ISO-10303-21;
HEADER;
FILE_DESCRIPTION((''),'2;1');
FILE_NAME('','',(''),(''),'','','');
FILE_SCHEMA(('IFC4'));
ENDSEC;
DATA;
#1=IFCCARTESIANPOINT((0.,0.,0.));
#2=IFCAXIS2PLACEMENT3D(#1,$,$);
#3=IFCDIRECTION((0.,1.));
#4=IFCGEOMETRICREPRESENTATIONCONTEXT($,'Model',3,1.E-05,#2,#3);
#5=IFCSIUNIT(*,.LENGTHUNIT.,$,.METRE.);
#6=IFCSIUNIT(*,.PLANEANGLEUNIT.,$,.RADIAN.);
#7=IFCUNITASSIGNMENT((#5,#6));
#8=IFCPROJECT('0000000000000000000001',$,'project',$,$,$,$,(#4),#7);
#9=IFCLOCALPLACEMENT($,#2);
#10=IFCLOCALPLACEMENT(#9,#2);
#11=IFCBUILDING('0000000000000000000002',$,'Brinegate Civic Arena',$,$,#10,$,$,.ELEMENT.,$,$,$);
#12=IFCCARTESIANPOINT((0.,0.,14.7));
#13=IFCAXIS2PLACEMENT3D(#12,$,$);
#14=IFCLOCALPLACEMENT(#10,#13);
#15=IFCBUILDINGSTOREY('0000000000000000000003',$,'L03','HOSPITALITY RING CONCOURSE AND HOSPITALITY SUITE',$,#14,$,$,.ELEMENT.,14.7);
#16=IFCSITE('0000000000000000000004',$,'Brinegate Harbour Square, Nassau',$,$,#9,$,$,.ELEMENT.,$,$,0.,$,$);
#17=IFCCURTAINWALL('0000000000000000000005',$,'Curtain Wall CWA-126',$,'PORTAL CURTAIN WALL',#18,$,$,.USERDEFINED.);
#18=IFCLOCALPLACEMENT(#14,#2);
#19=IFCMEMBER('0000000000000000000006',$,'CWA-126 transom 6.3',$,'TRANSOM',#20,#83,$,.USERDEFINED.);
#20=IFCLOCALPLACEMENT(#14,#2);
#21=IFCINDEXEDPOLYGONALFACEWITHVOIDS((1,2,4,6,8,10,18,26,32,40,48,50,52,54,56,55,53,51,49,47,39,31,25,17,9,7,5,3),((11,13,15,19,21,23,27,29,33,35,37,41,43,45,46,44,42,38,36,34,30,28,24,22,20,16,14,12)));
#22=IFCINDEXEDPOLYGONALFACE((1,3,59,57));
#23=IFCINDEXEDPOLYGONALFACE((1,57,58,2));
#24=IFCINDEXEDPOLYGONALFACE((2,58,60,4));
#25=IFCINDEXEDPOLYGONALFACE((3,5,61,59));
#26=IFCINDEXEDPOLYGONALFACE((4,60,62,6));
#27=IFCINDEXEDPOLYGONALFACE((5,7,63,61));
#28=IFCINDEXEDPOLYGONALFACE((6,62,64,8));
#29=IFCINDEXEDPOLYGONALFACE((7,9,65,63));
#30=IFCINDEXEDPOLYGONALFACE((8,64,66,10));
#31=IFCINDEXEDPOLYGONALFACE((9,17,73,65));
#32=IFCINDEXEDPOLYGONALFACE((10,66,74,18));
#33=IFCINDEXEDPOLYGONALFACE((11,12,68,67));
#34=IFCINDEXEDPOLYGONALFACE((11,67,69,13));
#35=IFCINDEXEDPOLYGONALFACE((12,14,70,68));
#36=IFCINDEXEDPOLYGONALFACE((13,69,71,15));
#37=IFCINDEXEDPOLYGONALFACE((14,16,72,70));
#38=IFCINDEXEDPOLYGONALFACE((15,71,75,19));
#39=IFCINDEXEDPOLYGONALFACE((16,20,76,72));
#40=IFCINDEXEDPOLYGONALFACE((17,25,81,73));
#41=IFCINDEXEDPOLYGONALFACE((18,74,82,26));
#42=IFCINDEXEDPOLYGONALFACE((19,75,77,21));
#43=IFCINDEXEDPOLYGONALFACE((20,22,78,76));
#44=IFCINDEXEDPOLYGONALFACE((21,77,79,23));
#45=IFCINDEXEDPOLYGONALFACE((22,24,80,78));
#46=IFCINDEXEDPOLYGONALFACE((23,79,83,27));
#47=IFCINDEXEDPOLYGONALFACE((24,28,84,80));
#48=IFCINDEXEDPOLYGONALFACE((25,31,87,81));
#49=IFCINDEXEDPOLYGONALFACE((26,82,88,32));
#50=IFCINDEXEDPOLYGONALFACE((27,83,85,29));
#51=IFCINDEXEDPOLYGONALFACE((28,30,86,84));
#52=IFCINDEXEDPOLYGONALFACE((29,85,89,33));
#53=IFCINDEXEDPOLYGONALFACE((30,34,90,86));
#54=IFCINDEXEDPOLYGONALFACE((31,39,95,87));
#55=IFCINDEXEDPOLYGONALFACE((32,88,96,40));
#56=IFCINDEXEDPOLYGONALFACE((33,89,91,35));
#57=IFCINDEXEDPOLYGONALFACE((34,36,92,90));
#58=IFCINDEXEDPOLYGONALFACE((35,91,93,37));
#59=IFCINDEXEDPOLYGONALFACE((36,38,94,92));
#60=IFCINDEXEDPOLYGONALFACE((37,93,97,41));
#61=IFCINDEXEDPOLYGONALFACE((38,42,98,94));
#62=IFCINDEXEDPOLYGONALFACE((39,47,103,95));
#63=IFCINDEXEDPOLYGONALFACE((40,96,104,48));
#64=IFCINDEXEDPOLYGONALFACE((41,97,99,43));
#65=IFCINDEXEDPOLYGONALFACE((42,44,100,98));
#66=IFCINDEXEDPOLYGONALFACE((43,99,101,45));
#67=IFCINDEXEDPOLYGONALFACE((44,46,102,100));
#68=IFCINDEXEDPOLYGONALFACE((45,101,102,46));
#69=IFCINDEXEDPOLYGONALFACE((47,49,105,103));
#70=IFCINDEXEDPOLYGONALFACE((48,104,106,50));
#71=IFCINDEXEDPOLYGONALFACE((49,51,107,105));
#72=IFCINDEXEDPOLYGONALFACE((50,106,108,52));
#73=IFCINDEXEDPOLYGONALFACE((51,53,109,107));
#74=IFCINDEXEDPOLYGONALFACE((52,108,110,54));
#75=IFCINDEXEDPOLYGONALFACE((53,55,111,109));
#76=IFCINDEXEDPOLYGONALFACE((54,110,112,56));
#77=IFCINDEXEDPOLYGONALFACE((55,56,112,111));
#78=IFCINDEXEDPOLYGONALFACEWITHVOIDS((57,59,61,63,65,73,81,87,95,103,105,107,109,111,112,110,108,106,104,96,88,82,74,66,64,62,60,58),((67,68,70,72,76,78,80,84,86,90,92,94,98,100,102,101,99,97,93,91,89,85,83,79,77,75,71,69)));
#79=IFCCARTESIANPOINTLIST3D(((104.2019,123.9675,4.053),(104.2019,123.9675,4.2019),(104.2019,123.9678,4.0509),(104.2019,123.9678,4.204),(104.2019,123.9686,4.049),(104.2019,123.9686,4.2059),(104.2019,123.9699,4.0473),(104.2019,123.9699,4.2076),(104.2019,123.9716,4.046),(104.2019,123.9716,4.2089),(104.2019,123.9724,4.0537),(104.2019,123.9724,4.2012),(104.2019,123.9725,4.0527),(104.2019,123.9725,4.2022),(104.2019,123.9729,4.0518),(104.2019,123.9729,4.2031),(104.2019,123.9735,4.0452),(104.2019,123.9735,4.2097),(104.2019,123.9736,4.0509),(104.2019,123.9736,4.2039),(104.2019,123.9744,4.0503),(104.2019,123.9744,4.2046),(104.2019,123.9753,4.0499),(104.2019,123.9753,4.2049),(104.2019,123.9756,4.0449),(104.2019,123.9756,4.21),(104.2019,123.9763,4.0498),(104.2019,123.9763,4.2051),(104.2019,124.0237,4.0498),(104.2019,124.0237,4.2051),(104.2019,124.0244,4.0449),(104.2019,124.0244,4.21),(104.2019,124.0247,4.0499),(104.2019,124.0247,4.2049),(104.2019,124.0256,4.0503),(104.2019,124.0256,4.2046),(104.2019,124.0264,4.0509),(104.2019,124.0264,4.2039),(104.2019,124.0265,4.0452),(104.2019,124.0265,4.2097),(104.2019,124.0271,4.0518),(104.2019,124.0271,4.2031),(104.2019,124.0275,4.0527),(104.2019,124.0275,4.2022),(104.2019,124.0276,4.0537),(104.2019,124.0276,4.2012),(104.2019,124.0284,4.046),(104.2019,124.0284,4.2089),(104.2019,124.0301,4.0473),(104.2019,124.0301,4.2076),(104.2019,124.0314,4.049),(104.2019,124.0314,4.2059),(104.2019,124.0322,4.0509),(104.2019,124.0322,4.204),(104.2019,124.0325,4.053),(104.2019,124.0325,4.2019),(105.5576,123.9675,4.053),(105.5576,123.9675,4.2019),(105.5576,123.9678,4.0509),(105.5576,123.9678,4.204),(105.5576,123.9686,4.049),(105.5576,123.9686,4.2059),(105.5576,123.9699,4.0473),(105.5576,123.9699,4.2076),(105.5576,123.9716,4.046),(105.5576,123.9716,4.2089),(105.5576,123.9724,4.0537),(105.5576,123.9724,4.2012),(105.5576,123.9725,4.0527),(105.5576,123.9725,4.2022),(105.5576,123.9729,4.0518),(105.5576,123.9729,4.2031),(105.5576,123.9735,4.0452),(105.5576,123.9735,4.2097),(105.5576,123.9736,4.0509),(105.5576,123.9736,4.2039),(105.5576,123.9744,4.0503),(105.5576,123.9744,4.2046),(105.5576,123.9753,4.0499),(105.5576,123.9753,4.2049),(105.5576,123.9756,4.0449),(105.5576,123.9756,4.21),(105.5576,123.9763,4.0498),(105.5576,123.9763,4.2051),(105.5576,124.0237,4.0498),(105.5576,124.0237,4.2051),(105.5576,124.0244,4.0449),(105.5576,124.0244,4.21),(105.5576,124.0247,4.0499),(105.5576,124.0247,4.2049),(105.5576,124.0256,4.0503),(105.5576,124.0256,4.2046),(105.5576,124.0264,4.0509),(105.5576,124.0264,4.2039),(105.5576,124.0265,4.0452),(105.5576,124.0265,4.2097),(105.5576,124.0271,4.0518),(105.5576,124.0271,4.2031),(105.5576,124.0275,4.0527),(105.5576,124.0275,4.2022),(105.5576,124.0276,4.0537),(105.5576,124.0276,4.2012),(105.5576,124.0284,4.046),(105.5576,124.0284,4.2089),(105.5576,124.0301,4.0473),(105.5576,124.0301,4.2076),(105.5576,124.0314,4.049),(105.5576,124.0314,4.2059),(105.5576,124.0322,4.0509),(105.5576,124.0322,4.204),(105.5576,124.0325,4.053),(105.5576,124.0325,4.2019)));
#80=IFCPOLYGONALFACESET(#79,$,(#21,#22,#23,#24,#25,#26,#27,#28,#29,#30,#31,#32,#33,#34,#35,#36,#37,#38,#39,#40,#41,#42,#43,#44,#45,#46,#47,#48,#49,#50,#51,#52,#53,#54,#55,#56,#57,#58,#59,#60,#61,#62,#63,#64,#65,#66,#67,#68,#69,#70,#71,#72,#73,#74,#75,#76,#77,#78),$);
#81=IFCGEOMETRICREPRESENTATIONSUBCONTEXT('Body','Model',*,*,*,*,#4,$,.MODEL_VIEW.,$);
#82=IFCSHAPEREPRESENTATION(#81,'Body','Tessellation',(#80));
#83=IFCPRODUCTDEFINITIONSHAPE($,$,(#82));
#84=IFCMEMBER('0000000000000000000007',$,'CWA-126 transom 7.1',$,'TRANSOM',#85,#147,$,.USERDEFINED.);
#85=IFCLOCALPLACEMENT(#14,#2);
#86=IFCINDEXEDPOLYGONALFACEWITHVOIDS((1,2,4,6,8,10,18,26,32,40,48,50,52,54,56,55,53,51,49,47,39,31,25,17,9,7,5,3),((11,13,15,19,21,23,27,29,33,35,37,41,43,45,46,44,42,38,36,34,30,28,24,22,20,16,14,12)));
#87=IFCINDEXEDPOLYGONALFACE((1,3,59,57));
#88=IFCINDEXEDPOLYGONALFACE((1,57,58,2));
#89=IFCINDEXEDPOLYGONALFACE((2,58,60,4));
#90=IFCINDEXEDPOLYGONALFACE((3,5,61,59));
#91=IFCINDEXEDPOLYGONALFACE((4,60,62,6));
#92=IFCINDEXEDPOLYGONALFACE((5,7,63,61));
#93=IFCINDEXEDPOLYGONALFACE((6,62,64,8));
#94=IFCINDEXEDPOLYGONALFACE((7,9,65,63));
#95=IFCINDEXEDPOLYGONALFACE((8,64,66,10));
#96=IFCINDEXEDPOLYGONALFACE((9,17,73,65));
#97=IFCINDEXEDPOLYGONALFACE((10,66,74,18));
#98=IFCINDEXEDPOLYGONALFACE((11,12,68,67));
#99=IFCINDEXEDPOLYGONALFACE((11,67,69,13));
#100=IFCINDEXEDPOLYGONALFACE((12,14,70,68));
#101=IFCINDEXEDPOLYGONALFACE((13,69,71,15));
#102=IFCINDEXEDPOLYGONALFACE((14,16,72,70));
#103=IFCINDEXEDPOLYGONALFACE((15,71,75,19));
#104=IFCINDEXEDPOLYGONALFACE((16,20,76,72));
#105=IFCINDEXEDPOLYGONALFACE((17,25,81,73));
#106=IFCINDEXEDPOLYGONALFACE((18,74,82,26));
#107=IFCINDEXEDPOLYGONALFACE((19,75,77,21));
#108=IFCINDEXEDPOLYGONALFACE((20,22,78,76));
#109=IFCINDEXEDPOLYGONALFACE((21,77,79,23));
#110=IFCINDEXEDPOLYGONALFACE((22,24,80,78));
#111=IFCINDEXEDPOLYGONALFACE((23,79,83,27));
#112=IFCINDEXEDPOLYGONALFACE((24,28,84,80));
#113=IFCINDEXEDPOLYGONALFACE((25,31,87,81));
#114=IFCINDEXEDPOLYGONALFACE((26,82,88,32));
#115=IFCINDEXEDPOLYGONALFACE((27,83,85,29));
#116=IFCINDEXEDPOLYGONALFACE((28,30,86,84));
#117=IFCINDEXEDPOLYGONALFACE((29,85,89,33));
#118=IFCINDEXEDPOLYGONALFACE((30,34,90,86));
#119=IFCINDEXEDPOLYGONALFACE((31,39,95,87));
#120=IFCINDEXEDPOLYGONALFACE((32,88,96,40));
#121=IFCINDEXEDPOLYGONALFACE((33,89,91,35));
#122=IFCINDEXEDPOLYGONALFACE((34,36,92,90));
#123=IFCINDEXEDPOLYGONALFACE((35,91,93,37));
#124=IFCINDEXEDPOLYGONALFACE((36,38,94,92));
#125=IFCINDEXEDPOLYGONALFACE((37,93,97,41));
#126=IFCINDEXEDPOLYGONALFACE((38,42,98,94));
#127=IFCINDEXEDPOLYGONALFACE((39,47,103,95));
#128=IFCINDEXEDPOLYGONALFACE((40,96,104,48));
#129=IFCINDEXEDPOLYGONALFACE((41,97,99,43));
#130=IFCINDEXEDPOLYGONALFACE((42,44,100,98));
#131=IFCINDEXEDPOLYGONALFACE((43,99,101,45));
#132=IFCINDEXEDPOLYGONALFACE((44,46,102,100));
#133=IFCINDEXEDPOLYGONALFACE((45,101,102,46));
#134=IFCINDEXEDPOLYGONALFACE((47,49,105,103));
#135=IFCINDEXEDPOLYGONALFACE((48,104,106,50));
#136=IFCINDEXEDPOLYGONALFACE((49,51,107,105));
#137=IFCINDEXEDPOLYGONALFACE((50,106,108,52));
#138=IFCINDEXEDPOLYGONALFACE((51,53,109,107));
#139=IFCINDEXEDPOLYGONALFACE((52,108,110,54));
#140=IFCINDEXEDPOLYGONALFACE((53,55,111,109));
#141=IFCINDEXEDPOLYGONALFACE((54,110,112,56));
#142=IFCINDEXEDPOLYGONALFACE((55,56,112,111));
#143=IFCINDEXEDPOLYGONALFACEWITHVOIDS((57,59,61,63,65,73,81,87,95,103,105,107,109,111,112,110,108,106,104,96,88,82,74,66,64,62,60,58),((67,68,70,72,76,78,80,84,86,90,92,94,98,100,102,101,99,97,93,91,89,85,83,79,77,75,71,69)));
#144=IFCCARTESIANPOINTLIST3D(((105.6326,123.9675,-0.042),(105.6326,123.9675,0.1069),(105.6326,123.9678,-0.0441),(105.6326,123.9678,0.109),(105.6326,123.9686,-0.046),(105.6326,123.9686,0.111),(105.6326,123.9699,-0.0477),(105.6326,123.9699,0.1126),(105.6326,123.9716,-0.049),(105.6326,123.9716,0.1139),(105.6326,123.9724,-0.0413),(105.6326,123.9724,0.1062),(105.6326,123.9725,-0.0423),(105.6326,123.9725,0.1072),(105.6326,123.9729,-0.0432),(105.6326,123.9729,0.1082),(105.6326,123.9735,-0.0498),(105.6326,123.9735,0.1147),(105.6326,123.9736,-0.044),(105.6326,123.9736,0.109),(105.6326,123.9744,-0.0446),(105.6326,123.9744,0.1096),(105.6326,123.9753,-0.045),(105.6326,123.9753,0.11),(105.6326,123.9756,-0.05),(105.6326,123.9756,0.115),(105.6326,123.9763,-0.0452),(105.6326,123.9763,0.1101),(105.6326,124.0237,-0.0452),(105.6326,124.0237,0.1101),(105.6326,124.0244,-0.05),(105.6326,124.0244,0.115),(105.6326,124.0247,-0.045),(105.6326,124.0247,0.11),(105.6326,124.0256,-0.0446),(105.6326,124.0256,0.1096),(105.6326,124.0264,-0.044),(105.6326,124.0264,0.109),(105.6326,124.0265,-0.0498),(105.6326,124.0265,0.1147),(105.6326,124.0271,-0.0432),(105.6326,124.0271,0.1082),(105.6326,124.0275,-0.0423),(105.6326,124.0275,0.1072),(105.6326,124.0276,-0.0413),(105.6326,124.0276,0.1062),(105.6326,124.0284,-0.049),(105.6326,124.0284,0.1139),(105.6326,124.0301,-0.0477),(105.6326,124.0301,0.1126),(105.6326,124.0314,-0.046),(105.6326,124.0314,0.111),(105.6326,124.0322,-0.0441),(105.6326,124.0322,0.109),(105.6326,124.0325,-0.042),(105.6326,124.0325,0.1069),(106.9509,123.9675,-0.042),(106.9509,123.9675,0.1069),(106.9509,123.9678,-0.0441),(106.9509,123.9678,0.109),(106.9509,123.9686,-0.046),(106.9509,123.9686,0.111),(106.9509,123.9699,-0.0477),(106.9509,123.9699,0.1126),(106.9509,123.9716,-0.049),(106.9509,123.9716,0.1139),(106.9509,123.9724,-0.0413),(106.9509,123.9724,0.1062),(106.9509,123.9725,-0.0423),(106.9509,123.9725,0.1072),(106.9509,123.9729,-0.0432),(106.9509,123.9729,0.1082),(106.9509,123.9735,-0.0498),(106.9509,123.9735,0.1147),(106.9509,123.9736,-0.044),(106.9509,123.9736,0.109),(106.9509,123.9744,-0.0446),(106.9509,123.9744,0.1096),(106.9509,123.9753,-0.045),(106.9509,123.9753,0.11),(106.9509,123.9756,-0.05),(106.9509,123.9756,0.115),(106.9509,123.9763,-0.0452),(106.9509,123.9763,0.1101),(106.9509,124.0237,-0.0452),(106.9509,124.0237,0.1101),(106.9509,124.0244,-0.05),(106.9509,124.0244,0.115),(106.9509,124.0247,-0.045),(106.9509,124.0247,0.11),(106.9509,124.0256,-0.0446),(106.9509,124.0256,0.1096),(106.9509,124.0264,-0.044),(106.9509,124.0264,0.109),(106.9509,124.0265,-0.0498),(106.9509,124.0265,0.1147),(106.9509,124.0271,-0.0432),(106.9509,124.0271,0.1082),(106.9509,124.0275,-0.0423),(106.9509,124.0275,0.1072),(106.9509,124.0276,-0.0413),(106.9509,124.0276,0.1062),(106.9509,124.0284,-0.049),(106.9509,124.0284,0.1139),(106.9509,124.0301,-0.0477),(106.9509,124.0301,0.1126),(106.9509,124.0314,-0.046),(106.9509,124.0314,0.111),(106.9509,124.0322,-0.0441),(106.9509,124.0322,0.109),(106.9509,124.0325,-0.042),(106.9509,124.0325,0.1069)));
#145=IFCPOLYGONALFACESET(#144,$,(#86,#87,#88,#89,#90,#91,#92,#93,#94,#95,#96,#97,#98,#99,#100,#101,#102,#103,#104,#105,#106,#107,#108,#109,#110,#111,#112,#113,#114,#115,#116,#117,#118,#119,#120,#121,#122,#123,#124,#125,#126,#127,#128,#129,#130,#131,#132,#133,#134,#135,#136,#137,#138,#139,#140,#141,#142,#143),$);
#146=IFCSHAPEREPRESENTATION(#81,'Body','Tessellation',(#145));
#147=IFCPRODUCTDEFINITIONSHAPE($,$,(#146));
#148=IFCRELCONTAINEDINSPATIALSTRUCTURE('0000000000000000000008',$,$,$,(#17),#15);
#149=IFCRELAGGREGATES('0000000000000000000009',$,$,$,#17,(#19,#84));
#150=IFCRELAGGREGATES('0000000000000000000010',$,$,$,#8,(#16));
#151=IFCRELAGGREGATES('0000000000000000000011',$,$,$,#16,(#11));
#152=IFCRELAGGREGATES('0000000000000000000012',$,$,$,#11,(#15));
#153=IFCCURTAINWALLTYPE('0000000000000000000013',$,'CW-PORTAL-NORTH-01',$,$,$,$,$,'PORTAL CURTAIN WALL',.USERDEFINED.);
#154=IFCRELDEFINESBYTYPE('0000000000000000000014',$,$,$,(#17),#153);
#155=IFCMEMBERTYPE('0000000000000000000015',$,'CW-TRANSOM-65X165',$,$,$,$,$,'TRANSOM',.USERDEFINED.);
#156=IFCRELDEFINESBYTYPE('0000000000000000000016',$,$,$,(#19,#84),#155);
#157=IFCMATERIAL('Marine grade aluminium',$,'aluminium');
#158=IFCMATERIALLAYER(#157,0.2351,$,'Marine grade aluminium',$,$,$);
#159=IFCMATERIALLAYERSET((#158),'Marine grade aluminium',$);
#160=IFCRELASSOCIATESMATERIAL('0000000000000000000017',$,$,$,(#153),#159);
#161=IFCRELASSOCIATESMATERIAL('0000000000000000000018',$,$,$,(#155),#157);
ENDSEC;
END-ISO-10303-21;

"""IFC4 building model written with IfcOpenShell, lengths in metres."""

from ifc_helpers import new_model, si_unit, direction, frame, origin, origin_2d, place, context, subcontext, project, spatial, hollow_rectangle, extrude, material, layer, layer_set, material_profile, profile_set, type_object, element, aggregate, save


model = new_model("IFC4")

# Units and contexts
model_context = context("Model", 3, precision=1e-05, world=origin(), true_north=direction((0.0, 1.0)))
body_context = subcontext(model_context, "Body", "Model", "MODEL_VIEW")
ifc_project = project(units=[si_unit("LENGTHUNIT", "METRE"), si_unit("PLANEANGLEUNIT", "RADIAN")], contexts=[model_context])

# Site, building, storey
site_placement = place(None, origin())
site = spatial("IfcSite", under=ifc_project, at=site_placement, Name="Brinegate Harbour Square, Nassau", CompositionType="ELEMENT", RefElevation=0.0)
building_placement = place(site_placement, origin())
building = spatial("IfcBuilding", under=site, at=building_placement, Name="Brinegate Civic Arena", CompositionType="ELEMENT")
storey_placement = place(building_placement, frame((0.0, 0.0, 14.7)))
storey = spatial("IfcBuildingStorey", under=building, at=storey_placement, Name="L03", Description="HOSPITALITY RING CONCOURSE AND HOSPITALITY SUITE", CompositionType="ELEMENT", Elevation=14.7)

# Curtain wall, members
ifc_material_1 = material(Name="Marine grade aluminium", Category="aluminium")
ifc_layer_1 = layer(ifc_material_1, 0.2351, Name="Marine grade aluminium")
ifc_layer_set_1 = layer_set([ifc_layer_1], Name="Marine grade aluminium")
curtain_wall_type = type_object("IfcCurtainWallType", Name="CW-PORTAL-NORTH-01", ElementType="PORTAL CURTAIN WALL", PredefinedType="USERDEFINED", material=ifc_layer_set_1)
curtain_wall_placement = place(storey_placement, origin())
curtain_wall = element("IfcCurtainWall", 1, at=curtain_wall_placement, inside=storey, type_object=curtain_wall_type, Name="Curtain Wall CWA-126", ObjectType="PORTAL CURTAIN WALL", PredefinedType="USERDEFINED")
ifc_material_profile_1 = material_profile(ifc_material_1, hollow_rectangle(XDim=0.0649, YDim=0.165, WallThickness=0.0049, InnerFilletRadius=0.0039, OuterFilletRadius=0.0081, at=origin_2d()), Name="TRN65X165")
ifc_profile_set_1 = profile_set([ifc_material_profile_1], Name="Marine grade aluminium")
member_type_1 = type_object("IfcMemberType", Name="CW-TRANSOM-65X165", ElementType="TRANSOM", PredefinedType="USERDEFINED", material=ifc_profile_set_1)
member_1_placement = place(storey_placement, frame((104.2019, 124.0, 4.1274), z_axis=(1.0, 0.0, 0.0), x_axis=(0.0, 1.0, 0.0)))
member_1 = element("IfcMember", 2, at=member_1_placement, type_object=member_type_1, Name="CWA-126 transom 6.3", ObjectType="TRANSOM", PredefinedType="USERDEFINED", context=body_context, shape_type="SweptSolid", body=[
    extrude(hollow_rectangle(XDim=0.0649, YDim=0.165, WallThickness=0.0049, InnerFilletRadius=0.0039, OuterFilletRadius=0.0081, at=origin_2d()), origin(), (0.0, 0.0, 1.0), 1.3557),
])
member_2_placement = place(storey_placement, frame((105.6326, 124.0, 0.0325), z_axis=(1.0, 0.0, 0.0), x_axis=(0.0, 1.0, 0.0)))
member_2 = element("IfcMember", 3, at=member_2_placement, type_object=member_type_1, Name="CWA-126 transom 7.1", ObjectType="TRANSOM", PredefinedType="USERDEFINED", context=body_context, shape_type="SweptSolid", body=[
    extrude(hollow_rectangle(XDim=0.0649, YDim=0.165, WallThickness=0.0049, InnerFilletRadius=0.0039, OuterFilletRadius=0.0081, at=origin_2d()), origin(), (0.0, 0.0, 1.0), 1.3184),
])

aggregate(curtain_wall, [member_1, member_2])

save(model, "model.ifc")
